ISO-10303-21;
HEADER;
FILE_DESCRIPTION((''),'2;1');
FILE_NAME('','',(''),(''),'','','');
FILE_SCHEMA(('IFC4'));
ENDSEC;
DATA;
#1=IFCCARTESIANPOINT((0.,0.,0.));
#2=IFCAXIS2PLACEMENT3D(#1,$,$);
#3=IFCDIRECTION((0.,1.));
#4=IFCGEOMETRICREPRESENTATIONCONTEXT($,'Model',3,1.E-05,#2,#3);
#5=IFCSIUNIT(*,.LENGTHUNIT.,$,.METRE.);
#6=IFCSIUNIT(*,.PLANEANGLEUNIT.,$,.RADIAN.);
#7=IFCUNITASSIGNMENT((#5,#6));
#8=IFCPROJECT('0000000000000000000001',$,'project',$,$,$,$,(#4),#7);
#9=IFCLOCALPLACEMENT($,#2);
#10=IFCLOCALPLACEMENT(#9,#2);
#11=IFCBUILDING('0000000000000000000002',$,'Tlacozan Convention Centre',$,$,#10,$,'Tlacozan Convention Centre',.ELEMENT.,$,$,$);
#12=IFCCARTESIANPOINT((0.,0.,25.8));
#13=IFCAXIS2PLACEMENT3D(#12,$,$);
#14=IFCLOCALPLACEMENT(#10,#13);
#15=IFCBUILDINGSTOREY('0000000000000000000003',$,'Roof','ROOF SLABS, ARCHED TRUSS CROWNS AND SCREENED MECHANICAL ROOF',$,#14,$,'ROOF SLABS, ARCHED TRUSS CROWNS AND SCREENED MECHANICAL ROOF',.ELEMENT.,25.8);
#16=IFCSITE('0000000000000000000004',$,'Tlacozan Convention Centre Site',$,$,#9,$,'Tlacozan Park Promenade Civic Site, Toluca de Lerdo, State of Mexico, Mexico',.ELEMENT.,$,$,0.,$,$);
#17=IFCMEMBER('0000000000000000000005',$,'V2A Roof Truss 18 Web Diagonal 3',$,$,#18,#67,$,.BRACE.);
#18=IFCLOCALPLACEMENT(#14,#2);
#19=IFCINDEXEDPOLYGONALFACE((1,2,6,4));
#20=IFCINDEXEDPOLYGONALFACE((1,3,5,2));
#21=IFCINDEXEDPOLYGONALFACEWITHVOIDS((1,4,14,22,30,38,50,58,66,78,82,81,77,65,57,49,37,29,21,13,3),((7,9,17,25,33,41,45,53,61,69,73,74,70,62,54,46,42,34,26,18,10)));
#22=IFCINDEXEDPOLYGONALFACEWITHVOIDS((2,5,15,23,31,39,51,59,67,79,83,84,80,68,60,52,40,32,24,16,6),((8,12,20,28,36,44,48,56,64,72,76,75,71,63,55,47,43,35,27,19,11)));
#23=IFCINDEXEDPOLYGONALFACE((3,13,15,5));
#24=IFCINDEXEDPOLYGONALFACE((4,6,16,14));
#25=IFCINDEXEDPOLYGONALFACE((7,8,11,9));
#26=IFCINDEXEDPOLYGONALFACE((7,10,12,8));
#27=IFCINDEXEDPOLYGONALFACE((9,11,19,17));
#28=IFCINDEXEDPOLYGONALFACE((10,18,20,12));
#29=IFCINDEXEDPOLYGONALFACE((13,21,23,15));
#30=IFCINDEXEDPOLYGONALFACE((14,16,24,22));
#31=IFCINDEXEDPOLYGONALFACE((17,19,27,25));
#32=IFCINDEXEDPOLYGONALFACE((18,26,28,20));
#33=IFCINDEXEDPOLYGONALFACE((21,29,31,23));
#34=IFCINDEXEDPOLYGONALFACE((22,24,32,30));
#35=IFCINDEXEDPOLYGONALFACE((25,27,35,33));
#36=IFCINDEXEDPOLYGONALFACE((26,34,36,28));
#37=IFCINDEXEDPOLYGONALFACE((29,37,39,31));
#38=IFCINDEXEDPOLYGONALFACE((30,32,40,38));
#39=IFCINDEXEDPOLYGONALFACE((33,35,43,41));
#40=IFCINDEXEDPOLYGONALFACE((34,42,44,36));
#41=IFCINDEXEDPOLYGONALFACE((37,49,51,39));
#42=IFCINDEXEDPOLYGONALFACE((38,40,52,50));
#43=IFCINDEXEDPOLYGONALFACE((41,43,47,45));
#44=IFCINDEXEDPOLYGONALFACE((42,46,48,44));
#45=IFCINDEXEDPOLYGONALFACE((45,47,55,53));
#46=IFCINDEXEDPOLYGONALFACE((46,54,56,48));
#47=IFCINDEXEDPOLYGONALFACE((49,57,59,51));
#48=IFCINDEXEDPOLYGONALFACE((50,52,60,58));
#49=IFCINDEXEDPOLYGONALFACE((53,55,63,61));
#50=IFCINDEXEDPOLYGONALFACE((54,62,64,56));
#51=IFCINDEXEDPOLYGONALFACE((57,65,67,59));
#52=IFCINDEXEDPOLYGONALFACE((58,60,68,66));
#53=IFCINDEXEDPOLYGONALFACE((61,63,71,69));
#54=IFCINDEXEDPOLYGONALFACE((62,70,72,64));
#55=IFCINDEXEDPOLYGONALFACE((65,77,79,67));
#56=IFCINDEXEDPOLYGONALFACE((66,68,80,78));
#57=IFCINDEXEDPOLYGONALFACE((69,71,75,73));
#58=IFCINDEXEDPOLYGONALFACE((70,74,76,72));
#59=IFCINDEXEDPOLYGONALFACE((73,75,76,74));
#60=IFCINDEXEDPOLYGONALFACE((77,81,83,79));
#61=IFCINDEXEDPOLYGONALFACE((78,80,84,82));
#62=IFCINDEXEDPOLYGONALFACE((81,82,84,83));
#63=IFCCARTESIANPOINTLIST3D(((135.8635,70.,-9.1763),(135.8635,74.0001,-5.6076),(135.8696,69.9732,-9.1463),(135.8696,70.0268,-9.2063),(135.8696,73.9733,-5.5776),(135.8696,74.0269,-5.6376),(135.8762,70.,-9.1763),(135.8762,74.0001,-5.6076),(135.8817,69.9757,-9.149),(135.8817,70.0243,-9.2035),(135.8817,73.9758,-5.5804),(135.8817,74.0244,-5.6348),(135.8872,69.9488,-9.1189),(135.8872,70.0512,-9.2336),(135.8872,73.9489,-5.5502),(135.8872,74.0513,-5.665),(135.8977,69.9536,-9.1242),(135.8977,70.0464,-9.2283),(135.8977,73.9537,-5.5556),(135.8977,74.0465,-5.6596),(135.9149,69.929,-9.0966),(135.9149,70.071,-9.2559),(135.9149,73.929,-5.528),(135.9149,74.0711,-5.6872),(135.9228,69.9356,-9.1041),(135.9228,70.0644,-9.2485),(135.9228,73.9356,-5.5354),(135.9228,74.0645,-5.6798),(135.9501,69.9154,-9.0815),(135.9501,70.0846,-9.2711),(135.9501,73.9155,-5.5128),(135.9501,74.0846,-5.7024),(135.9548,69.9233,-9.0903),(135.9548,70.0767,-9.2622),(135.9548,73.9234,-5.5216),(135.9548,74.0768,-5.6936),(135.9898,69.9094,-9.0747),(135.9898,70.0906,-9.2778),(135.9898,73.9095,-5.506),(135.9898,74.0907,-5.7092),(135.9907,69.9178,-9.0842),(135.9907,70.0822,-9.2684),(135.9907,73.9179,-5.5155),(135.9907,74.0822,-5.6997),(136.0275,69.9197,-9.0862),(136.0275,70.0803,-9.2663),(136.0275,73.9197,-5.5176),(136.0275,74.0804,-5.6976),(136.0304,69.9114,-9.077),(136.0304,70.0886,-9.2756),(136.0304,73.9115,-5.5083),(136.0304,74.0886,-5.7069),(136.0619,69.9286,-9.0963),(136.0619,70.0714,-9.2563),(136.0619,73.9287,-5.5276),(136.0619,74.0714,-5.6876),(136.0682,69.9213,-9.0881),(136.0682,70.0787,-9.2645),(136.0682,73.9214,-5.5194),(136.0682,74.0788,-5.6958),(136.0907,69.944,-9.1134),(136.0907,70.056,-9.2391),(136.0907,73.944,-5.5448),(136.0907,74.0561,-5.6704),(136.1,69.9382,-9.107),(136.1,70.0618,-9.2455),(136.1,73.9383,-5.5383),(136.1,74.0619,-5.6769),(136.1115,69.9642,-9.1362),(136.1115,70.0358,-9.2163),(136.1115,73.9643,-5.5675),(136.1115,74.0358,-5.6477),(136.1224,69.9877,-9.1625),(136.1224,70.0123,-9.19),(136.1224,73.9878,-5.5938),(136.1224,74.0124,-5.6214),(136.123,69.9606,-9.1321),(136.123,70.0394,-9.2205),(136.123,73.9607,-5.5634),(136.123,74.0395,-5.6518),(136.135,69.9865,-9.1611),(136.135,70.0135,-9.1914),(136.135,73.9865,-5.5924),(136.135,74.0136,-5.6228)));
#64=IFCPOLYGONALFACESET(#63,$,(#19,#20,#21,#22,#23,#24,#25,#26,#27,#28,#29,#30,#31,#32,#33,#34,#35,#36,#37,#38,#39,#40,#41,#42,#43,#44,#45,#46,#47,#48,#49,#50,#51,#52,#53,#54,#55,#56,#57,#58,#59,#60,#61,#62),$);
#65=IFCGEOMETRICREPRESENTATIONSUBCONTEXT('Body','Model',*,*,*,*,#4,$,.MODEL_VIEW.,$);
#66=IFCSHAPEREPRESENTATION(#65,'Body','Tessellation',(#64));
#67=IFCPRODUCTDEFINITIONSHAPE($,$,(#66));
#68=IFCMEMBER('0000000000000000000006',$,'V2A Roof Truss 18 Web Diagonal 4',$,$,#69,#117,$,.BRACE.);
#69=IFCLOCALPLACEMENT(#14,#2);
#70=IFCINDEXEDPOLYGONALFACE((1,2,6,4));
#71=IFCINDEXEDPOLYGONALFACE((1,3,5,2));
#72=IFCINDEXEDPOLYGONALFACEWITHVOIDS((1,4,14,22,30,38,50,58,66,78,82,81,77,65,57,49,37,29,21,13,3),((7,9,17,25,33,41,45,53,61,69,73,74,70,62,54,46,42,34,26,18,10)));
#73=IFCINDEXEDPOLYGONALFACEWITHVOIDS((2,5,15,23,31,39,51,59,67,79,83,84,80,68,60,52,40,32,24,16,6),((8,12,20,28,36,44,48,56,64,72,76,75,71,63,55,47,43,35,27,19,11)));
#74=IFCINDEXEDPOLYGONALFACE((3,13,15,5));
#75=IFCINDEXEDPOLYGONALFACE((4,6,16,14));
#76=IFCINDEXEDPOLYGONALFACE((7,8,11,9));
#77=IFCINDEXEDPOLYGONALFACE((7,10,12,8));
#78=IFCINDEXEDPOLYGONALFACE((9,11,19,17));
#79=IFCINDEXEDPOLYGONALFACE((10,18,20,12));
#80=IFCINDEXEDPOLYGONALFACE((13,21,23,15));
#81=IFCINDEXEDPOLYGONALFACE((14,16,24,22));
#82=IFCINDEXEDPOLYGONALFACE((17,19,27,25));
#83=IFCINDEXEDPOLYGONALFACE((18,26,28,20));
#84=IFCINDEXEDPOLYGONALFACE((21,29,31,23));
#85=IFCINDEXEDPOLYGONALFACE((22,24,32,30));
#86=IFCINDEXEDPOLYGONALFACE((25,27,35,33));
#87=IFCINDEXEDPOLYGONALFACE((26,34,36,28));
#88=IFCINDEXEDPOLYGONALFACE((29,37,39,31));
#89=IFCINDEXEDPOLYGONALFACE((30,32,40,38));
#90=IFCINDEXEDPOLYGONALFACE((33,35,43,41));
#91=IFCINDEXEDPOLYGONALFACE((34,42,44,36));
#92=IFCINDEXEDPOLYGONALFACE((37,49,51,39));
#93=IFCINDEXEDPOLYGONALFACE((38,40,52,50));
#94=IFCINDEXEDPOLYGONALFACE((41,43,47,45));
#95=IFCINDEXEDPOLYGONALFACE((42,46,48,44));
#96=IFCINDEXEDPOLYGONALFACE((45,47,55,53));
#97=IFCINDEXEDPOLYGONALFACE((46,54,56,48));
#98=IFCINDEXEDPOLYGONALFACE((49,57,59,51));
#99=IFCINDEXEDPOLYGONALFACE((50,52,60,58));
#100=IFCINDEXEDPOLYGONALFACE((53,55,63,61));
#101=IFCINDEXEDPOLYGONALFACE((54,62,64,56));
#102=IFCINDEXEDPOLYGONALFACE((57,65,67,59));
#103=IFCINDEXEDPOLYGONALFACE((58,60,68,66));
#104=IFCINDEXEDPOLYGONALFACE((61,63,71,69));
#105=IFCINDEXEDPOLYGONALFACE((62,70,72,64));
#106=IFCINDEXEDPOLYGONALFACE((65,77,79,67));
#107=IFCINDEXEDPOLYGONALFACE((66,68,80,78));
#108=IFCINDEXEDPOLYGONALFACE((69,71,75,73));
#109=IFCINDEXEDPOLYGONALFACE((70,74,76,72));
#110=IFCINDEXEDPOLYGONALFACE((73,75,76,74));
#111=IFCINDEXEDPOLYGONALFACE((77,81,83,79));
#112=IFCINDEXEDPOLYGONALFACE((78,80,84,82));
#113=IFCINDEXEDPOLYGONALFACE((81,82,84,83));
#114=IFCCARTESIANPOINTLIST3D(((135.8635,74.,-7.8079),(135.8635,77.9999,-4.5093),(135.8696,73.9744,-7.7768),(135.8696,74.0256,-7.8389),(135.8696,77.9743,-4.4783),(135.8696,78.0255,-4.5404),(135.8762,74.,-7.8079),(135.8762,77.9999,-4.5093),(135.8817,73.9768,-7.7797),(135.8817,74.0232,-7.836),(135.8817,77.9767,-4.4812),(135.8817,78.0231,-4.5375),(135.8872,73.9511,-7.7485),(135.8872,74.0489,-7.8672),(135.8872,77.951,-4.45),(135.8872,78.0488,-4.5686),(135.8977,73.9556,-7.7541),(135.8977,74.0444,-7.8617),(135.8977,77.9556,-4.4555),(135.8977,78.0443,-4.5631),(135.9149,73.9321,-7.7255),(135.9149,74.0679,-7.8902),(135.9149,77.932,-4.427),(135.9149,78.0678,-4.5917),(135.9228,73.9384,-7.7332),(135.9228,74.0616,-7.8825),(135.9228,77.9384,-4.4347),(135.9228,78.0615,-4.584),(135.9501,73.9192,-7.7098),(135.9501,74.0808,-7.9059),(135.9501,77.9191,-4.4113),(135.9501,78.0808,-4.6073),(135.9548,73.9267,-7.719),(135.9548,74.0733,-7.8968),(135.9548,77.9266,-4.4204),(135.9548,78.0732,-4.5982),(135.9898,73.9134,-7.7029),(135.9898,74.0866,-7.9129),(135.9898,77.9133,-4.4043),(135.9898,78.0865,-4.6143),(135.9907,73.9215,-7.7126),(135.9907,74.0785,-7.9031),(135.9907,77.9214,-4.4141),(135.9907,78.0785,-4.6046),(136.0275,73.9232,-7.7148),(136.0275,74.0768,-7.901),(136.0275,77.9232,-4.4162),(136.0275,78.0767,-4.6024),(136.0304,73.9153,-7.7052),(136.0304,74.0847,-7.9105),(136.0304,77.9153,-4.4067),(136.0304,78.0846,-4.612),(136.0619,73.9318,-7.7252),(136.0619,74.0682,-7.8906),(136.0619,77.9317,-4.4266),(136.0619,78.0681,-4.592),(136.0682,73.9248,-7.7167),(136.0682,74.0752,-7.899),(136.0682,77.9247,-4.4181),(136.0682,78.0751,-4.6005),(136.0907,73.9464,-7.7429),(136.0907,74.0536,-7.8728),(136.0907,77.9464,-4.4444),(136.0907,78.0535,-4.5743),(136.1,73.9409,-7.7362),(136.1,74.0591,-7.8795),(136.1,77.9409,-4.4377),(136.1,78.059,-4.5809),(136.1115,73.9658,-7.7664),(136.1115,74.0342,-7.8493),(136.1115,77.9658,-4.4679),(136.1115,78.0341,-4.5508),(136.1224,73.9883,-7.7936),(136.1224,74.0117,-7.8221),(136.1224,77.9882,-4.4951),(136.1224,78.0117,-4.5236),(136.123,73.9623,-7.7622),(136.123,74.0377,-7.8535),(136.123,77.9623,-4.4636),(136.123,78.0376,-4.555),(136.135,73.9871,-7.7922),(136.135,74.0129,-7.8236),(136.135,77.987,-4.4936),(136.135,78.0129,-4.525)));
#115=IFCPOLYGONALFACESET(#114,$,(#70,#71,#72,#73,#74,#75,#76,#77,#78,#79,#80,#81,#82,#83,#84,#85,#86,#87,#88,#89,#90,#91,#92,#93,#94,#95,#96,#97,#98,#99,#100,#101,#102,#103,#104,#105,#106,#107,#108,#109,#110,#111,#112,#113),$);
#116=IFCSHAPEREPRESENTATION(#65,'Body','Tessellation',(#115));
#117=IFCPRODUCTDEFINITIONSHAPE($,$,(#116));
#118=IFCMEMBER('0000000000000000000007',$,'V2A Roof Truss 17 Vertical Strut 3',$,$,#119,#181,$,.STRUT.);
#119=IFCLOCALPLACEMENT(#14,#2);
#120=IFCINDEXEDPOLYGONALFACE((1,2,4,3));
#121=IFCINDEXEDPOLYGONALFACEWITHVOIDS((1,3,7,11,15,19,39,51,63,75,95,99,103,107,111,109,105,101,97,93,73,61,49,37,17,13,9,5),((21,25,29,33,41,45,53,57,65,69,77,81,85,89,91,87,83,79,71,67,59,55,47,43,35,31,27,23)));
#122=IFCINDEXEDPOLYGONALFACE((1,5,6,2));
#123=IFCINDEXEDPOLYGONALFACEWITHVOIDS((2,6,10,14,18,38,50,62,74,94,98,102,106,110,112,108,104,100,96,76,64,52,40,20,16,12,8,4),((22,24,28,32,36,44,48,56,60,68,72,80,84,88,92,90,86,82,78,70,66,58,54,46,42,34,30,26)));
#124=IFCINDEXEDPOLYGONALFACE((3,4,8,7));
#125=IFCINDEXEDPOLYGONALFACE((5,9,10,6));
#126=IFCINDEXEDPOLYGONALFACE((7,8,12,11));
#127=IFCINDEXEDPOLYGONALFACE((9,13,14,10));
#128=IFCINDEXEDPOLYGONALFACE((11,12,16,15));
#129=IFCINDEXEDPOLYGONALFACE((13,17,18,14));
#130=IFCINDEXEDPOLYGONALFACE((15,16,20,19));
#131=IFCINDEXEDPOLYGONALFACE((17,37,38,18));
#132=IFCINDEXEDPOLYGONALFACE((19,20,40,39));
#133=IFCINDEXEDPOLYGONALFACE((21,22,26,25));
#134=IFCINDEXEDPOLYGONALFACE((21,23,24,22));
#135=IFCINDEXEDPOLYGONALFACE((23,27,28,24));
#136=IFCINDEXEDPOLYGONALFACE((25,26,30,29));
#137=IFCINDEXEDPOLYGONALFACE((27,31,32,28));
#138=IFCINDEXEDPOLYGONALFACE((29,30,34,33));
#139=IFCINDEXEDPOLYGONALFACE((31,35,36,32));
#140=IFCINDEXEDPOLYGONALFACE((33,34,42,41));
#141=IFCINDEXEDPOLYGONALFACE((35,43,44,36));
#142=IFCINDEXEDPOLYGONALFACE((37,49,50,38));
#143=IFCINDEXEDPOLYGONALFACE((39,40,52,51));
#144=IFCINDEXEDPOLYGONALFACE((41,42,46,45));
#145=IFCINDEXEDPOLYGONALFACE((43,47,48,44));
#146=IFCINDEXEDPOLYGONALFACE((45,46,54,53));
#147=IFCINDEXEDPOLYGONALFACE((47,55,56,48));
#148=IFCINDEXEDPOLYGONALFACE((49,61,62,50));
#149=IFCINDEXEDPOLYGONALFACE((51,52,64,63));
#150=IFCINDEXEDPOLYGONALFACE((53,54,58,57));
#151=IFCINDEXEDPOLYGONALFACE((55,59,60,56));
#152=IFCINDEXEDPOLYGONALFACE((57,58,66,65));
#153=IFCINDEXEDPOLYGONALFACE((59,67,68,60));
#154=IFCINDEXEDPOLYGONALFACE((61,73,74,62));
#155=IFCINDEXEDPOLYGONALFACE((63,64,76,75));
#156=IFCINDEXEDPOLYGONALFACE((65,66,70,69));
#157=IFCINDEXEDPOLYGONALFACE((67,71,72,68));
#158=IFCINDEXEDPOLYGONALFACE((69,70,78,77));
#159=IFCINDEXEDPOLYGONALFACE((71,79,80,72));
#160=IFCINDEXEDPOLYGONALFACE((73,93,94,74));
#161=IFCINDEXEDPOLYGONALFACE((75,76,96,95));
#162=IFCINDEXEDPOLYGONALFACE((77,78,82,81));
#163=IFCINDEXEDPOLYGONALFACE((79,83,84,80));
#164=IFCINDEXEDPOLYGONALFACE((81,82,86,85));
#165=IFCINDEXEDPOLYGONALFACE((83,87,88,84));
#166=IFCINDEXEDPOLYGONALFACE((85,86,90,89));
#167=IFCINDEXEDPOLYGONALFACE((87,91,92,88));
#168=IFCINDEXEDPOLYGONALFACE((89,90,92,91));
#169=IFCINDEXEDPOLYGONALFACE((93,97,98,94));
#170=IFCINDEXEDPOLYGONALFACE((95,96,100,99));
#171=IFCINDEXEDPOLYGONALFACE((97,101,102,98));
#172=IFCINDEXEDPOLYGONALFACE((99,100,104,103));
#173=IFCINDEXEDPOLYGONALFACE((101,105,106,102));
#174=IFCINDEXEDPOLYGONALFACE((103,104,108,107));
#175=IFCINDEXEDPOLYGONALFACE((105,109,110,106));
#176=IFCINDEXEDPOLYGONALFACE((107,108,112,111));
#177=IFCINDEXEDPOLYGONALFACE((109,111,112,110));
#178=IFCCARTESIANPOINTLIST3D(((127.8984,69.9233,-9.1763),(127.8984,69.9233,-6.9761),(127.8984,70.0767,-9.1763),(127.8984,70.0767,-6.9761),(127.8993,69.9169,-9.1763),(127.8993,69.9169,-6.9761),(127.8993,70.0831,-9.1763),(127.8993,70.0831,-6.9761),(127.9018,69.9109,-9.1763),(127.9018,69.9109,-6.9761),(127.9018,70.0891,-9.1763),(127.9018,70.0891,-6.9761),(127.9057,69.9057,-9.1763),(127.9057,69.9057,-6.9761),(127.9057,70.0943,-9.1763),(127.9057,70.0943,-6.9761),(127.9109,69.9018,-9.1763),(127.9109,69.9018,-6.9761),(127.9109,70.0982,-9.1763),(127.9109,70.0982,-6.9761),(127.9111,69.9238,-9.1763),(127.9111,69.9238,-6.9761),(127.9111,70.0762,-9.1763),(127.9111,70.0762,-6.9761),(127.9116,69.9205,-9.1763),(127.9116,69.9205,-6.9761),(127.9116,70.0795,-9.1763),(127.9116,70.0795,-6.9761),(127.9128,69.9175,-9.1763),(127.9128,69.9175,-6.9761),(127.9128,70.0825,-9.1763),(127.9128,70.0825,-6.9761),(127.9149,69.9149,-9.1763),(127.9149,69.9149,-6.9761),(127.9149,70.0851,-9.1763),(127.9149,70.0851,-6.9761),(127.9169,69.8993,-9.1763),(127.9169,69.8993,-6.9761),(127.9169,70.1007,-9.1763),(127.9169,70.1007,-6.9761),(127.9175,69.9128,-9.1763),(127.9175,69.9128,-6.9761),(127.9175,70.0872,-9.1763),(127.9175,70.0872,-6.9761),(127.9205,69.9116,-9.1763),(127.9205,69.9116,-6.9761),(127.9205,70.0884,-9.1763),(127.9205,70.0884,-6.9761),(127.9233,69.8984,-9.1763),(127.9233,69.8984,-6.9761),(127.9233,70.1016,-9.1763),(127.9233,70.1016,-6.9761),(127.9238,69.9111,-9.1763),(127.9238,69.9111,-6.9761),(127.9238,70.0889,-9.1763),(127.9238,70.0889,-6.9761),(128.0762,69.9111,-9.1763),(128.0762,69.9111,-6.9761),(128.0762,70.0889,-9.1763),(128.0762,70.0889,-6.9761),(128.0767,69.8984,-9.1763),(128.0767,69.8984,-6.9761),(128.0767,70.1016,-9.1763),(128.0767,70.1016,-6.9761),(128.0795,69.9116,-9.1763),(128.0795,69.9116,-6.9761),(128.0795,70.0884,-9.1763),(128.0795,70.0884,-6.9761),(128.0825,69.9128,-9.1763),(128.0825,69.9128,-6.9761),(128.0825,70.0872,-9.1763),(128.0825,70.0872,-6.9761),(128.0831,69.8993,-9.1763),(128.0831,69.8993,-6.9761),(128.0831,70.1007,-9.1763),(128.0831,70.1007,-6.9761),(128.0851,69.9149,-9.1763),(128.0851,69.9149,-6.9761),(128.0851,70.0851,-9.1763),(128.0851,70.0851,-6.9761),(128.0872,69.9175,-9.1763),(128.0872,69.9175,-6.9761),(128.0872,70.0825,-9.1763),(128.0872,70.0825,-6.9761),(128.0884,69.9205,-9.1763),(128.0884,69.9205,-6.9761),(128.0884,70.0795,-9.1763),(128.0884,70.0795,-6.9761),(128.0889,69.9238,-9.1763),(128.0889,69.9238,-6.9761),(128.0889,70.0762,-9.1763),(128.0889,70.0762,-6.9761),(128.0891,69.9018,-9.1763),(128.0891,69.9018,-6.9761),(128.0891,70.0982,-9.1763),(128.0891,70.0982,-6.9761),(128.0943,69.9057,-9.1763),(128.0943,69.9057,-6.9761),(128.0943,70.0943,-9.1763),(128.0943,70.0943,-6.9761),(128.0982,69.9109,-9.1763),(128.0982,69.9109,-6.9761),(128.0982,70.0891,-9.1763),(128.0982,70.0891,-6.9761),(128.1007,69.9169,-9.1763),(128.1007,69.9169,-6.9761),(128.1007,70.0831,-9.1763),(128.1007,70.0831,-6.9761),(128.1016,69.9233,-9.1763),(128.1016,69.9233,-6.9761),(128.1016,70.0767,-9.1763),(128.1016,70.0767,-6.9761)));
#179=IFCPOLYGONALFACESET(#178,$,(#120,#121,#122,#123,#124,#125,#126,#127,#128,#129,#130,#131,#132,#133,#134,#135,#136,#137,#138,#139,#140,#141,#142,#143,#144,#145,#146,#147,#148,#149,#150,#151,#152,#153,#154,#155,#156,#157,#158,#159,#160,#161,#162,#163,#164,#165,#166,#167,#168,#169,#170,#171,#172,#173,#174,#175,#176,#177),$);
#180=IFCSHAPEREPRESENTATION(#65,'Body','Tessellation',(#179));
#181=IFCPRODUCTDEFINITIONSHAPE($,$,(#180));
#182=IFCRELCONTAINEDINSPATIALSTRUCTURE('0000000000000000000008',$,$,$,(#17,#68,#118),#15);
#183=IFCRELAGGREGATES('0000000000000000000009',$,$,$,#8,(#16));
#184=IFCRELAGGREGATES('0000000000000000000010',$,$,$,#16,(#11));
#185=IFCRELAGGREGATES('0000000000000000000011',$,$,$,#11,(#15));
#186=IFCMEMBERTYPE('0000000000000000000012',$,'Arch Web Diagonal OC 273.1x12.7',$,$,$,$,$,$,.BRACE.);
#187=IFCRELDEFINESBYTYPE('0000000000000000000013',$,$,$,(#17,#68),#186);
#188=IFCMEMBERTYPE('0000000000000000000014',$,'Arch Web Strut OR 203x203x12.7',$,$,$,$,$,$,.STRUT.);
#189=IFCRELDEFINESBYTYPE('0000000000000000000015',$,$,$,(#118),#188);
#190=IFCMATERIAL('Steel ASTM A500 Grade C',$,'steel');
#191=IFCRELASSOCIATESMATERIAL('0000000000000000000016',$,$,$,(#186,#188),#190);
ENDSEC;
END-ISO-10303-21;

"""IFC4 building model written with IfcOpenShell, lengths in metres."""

from ifc_helpers import new_model, si_unit, direction, frame, origin, origin_2d, place, context, subcontext, project, spatial, hollow_rectangle, hollow_circle, extrude, material, material_profile, profile_set, type_object, element, save


model = new_model("IFC4")

# Units and contexts
model_context = context("Model", 3, precision=1e-05, world=origin(), true_north=direction((0.0, 1.0)))
body_context = subcontext(model_context, "Body", "Model", "MODEL_VIEW")
ifc_project = project(units=[si_unit("LENGTHUNIT", "METRE"), si_unit("PLANEANGLEUNIT", "RADIAN")], contexts=[model_context])

# Site, building, storey
site_placement = place(None, origin())
site = spatial("IfcSite", under=ifc_project, at=site_placement, Name="Tlacozan Convention Centre Site", LongName="Tlacozan Park Promenade Civic Site, Toluca de Lerdo, State of Mexico, Mexico", CompositionType="ELEMENT", RefElevation=0.0)
building_placement = place(site_placement, origin())
building = spatial("IfcBuilding", under=site, at=building_placement, Name="Tlacozan Convention Centre", LongName="Tlacozan Convention Centre", CompositionType="ELEMENT")
storey_placement = place(building_placement, frame((0.0, 0.0, 25.8)))
storey = spatial("IfcBuildingStorey", under=building, at=storey_placement, Name="Roof", Description="ROOF SLABS, ARCHED TRUSS CROWNS AND SCREENED MECHANICAL ROOF", LongName="ROOF SLABS, ARCHED TRUSS CROWNS AND SCREENED MECHANICAL ROOF", CompositionType="ELEMENT", Elevation=25.8)

# Members
ifc_material_1 = material(Name="Steel ASTM A500 Grade C", Category="steel")
ifc_material_profile_1 = material_profile(ifc_material_1, hollow_circle(Radius=0.1365, WallThickness=0.0127, at=origin_2d()), Name="OC 273.1x12.7")
ifc_profile_set_1 = profile_set([ifc_material_profile_1], Name="Steel ASTM A500 Grade C")
member_type_1 = type_object("IfcMemberType", Name="Arch Web Diagonal OC 273.1x12.7", PredefinedType="BRACE", material=ifc_profile_set_1)
member_1_placement = place(storey_placement, frame((136.0, 70.0, -9.1763), z_axis=(0.0, 0.746199, 0.665722), x_axis=(-1.0, 0.0, 0.0)))
element("IfcMember", 1, at=member_1_placement, inside=storey, type_object=member_type_1, Name="V2A Roof Truss 18 Web Diagonal 3", PredefinedType="BRACE", context=body_context, shape_type="SweptSolid", body=[
    extrude(hollow_circle(Radius=0.1365, WallThickness=0.0127, at=origin_2d()), origin(), (0.0, 0.0, 1.0), 5.3606),
])
member_2_placement = place(storey_placement, frame((136.0, 74.0, -7.8079), z_axis=(0.0, 0.771507, 0.63622), x_axis=(-1.0, 0.0, 0.0)))
element("IfcMember", 2, at=member_2_placement, inside=storey, type_object=member_type_1, Name="V2A Roof Truss 18 Web Diagonal 4", PredefinedType="BRACE", context=body_context, shape_type="SweptSolid", body=[
    extrude(hollow_circle(Radius=0.1365, WallThickness=0.0127, at=origin_2d()), origin(), (0.0, 0.0, 1.0), 5.1846),
])
ifc_material_profile_2 = material_profile(ifc_material_1, hollow_rectangle(XDim=0.2031, YDim=0.2031, WallThickness=0.0127, InnerFilletRadius=0.0127, OuterFilletRadius=0.0249, at=origin_2d()), Name="OR 203x203x12.7")
ifc_profile_set_2 = profile_set([ifc_material_profile_2], Name="Steel ASTM A500 Grade C")
member_type_2 = type_object("IfcMemberType", Name="Arch Web Strut OR 203x203x12.7", PredefinedType="STRUT", material=ifc_profile_set_2)
for number, where, z_axis, x_axis, name in (
    (3, (128.0, 70.0, -9.1763), (0.0, 0.0, 1.0), (1.0, 0.0, 0.0), "V2A Roof Truss 17 Vertical Strut 3"),
):
    element("IfcMember", number, at=place(storey_placement, frame(where, z_axis=z_axis, x_axis=x_axis)), inside=storey, type_object=member_type_2, Name=name, PredefinedType="STRUT", context=body_context, shape_type="SweptSolid", body=[
        extrude(hollow_rectangle(XDim=0.2031, YDim=0.2031, WallThickness=0.0127, InnerFilletRadius=0.0127, OuterFilletRadius=0.0249, at=origin_2d()), origin(), (0.0, 0.0, 1.0), 2.2002),
    ])

save(model, "model.ifc")
